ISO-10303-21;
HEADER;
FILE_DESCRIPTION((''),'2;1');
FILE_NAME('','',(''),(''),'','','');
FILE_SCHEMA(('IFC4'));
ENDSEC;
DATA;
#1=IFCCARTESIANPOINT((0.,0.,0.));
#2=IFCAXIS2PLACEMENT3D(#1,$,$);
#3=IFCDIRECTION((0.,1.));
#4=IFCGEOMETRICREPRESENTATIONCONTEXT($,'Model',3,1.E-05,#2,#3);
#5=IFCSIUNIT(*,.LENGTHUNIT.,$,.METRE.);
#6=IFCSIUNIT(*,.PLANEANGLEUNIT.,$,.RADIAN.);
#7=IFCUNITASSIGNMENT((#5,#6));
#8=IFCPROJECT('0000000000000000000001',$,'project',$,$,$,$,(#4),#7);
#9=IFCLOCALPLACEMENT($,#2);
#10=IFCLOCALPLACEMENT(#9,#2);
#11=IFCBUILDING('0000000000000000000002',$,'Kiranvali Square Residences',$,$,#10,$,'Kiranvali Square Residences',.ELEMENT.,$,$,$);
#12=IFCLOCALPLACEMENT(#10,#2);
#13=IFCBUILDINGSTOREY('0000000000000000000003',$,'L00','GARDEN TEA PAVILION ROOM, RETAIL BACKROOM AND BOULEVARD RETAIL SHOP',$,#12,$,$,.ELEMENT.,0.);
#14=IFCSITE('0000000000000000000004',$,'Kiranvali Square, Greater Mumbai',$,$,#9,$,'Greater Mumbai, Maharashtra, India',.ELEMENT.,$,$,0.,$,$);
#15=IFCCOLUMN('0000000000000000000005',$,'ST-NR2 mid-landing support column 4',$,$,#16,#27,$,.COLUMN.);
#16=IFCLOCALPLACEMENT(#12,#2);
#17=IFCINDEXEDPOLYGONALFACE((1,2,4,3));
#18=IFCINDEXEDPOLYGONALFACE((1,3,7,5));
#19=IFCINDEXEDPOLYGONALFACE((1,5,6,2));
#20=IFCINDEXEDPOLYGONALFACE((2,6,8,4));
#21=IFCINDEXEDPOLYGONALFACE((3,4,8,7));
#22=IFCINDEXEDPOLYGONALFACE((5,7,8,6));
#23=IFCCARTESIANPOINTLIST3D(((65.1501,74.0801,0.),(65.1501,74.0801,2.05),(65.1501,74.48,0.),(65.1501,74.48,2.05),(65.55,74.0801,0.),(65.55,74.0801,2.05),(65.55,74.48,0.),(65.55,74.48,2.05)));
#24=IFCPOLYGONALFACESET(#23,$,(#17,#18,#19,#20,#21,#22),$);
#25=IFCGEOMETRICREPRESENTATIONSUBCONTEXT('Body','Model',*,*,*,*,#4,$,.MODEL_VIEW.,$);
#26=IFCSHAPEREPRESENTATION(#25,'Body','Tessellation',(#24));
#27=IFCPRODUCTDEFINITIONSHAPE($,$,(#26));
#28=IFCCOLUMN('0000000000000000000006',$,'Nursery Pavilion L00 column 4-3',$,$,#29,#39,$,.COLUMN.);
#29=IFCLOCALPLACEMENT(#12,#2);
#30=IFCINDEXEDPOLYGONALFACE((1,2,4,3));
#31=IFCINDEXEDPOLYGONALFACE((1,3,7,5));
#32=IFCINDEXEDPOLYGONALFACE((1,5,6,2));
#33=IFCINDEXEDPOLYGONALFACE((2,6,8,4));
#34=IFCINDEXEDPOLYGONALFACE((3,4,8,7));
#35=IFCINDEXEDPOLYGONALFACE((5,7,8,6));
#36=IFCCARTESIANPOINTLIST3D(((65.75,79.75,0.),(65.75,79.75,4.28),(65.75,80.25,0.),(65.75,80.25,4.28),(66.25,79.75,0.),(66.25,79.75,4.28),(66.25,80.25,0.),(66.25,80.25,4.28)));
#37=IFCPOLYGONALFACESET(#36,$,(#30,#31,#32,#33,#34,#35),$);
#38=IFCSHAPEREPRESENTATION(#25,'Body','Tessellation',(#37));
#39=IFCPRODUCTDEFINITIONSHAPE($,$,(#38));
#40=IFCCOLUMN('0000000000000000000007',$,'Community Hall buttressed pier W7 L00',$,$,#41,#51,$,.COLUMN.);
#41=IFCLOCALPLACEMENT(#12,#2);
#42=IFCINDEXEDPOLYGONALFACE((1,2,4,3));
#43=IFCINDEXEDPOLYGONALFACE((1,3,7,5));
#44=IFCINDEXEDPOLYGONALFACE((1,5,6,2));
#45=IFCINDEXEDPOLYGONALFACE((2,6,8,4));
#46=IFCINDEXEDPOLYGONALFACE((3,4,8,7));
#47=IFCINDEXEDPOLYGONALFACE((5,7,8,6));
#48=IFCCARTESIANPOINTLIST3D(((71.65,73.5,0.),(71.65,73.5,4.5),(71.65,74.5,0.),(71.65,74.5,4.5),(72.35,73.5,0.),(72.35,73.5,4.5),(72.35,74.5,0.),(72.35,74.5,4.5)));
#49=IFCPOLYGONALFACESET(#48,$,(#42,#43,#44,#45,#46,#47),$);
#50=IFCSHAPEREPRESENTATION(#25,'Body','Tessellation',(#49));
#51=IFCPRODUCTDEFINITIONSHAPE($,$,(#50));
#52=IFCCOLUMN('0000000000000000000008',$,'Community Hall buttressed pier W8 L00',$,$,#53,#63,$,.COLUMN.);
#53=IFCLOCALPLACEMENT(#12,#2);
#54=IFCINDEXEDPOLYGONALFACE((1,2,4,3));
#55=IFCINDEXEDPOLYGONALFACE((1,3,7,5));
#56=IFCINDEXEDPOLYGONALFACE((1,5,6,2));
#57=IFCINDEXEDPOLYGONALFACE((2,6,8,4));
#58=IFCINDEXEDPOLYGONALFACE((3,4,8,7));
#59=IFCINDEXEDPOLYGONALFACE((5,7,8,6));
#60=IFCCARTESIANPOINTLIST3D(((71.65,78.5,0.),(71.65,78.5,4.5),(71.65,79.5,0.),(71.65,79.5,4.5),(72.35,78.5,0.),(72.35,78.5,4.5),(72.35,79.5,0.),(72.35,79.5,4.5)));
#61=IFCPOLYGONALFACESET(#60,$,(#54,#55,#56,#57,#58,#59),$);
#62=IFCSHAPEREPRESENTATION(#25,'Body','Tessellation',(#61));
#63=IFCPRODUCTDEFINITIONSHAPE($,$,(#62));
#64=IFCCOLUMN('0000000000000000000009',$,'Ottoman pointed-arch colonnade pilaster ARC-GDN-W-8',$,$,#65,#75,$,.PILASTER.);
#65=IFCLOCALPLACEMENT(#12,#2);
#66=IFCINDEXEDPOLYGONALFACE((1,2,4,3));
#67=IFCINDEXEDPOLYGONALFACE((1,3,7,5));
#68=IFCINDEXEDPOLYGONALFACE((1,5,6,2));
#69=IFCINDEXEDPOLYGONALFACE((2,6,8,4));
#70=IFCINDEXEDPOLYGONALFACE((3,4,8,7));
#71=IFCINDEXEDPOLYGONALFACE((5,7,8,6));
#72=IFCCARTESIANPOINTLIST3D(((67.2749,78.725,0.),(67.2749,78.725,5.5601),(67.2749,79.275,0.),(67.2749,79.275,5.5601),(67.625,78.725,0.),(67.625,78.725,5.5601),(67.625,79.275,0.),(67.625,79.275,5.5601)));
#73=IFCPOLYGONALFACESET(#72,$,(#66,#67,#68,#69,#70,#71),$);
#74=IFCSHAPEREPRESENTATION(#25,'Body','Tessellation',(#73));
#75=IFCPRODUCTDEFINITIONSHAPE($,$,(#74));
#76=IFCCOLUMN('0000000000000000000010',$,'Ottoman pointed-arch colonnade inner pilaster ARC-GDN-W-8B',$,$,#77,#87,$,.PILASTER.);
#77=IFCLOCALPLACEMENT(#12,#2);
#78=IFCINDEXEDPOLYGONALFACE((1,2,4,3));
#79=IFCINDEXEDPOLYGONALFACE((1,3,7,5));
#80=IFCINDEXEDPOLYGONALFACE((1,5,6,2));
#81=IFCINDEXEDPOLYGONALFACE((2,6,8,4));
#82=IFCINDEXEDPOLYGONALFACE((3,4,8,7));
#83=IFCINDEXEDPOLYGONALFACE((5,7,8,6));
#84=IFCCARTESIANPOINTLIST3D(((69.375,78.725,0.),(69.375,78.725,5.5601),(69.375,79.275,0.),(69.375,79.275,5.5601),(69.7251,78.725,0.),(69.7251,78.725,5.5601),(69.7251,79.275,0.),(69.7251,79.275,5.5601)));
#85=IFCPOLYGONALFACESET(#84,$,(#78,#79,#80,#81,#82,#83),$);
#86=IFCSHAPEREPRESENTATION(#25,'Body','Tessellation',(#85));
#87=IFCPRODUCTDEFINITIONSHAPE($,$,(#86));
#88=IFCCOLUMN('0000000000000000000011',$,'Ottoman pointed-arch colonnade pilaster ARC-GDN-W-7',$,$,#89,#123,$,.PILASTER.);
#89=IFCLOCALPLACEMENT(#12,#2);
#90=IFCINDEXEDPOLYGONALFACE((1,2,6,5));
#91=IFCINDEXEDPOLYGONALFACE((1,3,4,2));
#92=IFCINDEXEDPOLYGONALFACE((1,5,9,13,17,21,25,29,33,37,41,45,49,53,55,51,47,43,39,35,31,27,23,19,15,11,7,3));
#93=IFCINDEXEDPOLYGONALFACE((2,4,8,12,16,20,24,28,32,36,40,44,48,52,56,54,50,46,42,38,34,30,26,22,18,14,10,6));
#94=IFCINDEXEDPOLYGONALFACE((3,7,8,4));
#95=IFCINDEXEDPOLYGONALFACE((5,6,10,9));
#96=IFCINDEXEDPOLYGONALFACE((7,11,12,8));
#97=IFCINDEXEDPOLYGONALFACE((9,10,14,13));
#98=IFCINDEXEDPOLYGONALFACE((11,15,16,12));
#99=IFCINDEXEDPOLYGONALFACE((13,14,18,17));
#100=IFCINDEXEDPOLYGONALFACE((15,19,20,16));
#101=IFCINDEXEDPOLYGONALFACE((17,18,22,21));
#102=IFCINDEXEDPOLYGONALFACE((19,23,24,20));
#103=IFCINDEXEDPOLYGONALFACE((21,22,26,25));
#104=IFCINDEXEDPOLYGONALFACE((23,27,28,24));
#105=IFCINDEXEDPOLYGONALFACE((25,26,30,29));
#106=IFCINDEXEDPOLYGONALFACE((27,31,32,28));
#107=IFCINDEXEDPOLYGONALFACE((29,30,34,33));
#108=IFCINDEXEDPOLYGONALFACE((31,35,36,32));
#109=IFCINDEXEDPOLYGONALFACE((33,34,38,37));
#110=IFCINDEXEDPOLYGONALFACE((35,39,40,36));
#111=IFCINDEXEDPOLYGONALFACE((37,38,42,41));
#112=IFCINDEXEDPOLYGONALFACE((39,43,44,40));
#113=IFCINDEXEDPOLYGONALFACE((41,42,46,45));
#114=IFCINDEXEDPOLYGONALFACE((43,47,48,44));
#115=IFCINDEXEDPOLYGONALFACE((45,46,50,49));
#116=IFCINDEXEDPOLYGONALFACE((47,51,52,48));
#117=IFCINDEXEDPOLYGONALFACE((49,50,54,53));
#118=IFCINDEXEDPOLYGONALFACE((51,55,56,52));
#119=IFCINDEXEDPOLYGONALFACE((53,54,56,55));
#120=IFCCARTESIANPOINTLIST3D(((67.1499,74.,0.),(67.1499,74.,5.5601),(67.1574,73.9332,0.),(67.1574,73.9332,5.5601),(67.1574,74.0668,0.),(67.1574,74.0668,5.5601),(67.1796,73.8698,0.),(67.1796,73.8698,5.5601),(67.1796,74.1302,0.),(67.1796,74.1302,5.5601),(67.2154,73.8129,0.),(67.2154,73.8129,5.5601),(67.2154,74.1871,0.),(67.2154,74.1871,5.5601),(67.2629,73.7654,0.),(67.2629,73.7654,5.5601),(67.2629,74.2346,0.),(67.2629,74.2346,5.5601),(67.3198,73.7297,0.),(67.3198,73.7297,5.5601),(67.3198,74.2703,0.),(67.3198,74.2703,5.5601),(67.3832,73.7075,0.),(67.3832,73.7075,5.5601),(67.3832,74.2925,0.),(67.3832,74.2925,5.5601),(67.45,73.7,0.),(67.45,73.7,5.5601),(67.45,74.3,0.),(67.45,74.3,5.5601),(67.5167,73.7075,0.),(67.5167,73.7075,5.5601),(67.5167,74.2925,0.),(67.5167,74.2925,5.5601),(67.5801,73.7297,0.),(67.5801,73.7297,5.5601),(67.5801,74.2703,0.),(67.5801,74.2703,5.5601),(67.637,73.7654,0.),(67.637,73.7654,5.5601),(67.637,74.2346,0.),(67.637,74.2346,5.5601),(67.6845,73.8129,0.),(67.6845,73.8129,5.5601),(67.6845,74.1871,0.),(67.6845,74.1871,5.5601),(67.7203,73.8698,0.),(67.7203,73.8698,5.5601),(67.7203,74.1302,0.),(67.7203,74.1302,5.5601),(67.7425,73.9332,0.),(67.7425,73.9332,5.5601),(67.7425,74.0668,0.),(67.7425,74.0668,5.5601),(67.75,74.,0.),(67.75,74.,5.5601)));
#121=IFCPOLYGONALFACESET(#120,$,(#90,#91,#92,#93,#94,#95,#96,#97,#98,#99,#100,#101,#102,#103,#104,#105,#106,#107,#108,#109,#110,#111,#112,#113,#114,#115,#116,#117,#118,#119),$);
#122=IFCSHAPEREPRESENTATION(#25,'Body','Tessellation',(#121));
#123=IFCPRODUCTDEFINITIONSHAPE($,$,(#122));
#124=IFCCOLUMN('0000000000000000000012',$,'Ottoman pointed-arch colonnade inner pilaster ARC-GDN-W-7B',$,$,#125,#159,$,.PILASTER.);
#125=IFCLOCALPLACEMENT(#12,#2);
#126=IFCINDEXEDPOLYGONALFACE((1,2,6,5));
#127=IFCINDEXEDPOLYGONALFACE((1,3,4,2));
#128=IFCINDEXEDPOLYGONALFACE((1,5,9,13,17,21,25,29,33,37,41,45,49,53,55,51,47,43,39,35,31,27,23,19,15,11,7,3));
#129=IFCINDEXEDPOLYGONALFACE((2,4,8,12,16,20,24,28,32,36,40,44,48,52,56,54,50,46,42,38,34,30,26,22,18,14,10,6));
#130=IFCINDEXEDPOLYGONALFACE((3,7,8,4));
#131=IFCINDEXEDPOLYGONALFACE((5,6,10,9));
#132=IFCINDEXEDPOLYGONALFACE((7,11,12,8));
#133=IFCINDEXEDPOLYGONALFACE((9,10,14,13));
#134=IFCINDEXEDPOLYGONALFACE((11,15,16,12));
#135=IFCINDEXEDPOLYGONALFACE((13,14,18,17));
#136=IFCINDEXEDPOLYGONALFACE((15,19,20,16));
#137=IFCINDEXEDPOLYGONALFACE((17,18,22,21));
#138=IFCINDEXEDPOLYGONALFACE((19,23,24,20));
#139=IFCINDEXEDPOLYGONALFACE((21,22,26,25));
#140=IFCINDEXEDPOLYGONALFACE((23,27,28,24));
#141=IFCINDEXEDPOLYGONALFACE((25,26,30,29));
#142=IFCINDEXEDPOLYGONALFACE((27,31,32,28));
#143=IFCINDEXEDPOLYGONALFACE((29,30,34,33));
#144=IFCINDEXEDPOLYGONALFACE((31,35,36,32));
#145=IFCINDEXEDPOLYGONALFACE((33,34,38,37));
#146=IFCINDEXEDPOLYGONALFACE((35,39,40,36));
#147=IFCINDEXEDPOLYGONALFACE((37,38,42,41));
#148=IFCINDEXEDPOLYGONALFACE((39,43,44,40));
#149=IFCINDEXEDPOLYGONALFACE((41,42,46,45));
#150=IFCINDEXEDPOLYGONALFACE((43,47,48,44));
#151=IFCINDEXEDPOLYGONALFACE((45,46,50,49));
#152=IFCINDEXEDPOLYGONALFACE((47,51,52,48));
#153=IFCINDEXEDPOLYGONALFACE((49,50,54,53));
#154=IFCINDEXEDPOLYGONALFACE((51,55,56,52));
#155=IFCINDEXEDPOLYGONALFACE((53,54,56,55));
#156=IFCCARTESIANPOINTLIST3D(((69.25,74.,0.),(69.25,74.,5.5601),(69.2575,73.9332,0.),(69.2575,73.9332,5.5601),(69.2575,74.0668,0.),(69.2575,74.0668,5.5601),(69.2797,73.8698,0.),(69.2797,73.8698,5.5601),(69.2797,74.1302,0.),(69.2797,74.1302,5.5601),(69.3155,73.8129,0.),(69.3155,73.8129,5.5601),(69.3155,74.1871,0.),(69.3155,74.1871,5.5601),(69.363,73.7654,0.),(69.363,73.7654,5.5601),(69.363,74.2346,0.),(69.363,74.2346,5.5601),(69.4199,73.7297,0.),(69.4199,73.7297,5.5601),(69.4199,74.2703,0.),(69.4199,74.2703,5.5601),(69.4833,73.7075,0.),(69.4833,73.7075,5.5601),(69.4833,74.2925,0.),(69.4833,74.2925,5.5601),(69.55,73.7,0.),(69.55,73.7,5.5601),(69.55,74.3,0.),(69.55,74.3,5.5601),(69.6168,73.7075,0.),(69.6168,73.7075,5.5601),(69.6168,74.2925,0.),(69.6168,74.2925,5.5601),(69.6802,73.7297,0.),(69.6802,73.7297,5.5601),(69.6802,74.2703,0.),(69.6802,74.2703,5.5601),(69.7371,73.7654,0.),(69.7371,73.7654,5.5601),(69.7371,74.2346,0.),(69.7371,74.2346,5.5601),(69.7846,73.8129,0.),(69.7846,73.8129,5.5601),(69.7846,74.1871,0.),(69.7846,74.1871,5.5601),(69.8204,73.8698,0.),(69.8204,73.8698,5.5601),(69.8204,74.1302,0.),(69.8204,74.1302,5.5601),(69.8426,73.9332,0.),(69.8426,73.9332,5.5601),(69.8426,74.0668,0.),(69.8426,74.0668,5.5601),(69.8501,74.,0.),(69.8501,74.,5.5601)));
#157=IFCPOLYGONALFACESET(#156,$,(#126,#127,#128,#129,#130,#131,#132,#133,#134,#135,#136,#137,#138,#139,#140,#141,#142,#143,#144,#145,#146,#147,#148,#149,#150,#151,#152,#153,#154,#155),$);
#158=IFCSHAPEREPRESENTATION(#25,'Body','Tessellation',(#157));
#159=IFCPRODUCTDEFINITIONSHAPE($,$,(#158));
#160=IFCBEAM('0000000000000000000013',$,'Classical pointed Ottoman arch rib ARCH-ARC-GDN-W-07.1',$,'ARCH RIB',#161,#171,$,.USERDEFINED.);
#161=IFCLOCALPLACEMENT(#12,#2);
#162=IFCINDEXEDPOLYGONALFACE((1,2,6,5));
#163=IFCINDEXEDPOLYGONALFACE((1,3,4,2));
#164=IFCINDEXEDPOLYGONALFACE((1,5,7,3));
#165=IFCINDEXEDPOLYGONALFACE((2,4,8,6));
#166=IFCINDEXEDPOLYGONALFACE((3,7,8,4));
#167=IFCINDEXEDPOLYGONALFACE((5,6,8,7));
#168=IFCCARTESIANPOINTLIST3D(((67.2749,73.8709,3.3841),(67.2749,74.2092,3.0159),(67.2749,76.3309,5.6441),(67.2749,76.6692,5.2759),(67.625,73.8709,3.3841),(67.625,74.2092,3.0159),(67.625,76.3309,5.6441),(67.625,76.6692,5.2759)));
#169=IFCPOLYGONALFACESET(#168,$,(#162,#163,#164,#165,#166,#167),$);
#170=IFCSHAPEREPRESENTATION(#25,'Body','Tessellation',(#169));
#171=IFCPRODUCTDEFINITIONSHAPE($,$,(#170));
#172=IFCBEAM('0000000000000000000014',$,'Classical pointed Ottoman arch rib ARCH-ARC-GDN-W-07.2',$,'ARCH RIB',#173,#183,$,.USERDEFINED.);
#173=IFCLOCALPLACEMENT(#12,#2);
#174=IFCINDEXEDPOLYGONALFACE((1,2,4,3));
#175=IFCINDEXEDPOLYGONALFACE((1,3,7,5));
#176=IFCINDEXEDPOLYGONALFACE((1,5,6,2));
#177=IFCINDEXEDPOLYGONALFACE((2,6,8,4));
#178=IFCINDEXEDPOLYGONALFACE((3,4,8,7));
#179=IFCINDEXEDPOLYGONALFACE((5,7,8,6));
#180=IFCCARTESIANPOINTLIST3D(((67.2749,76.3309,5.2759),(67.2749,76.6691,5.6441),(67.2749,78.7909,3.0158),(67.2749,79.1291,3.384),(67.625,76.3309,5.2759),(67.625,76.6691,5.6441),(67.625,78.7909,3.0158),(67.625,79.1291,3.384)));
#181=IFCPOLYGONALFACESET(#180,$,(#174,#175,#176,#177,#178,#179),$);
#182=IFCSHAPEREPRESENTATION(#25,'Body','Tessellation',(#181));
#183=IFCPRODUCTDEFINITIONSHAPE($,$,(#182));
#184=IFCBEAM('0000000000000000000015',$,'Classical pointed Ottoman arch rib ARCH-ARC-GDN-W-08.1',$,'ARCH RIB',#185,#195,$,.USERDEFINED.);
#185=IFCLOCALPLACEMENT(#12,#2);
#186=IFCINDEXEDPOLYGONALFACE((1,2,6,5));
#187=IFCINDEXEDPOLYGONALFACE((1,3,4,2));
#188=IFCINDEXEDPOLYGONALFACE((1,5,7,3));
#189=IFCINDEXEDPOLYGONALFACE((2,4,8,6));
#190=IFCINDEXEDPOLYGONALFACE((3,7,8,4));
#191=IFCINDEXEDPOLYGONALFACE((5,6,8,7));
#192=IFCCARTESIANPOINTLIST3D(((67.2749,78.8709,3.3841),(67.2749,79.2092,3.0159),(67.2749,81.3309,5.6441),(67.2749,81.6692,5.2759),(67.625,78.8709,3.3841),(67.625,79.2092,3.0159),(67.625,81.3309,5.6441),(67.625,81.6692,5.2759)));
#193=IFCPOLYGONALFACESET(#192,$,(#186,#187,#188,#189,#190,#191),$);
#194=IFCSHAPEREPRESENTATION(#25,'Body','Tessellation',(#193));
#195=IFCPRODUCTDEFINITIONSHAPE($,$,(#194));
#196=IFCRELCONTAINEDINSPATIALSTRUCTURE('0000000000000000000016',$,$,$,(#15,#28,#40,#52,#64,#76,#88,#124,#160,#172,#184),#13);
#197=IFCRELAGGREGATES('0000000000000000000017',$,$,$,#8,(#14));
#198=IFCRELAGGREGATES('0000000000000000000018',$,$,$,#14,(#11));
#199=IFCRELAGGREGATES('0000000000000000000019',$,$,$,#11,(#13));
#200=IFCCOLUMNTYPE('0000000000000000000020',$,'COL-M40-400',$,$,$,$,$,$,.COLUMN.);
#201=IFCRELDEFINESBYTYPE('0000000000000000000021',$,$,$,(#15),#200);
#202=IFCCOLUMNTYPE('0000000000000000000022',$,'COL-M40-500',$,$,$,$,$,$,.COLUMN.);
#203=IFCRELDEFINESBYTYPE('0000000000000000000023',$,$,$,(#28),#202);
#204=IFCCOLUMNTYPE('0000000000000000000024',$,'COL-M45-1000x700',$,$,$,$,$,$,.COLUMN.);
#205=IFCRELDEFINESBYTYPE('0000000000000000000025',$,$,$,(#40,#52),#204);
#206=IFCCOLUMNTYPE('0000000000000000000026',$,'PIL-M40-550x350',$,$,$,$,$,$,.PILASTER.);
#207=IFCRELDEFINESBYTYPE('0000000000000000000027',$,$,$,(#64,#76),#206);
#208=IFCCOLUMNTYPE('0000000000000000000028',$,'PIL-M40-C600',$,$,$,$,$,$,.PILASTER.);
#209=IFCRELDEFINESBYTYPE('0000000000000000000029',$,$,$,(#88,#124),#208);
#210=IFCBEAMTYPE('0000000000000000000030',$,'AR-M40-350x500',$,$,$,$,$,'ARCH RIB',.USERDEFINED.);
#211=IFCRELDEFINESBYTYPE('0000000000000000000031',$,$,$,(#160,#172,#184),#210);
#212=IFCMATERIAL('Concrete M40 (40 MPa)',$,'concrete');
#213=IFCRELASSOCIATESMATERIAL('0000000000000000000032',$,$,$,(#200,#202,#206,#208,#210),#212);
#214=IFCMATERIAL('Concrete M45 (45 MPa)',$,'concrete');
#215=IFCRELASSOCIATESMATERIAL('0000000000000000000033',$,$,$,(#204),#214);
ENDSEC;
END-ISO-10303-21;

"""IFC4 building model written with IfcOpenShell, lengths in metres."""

from ifc_helpers import new_model, si_unit, direction, frame, origin, origin_2d, place, context, subcontext, project, spatial, rectangle, circle, extrude, material, material_profile, profile_set, type_object, element, save


model = new_model("IFC4")

# Units and contexts
model_context = context("Model", 3, precision=1e-05, world=origin(), true_north=direction((0.0, 1.0)))
body_context = subcontext(model_context, "Body", "Model", "MODEL_VIEW")
ifc_project = project(units=[si_unit("LENGTHUNIT", "METRE"), si_unit("PLANEANGLEUNIT", "RADIAN")], contexts=[model_context])

# Site, building, storey
site_placement = place(None, origin())
site = spatial("IfcSite", under=ifc_project, at=site_placement, Name="Kiranvali Square, Greater Mumbai", LongName="Greater Mumbai, Maharashtra, India", CompositionType="ELEMENT", RefElevation=0.0)
building_placement = place(site_placement, origin())
building = spatial("IfcBuilding", under=site, at=building_placement, Name="Kiranvali Square Residences", LongName="Kiranvali Square Residences", CompositionType="ELEMENT")
storey_placement = place(building_placement, origin())
storey = spatial("IfcBuildingStorey", under=building, at=storey_placement, Name="L00", Description="GARDEN TEA PAVILION ROOM, RETAIL BACKROOM AND BOULEVARD RETAIL SHOP", CompositionType="ELEMENT", Elevation=0.0)

# Columns
ifc_material_1 = material(Name="Concrete M40 (40 MPa)", Category="concrete")
ifc_material_profile_1 = material_profile(ifc_material_1, rectangle(XDim=0.3999, YDim=0.3999, at=origin_2d()), Name="RC 400x400")
ifc_profile_set_1 = profile_set([ifc_material_profile_1], Name="Concrete M40 (40 MPa)")
column_type_1 = type_object("IfcColumnType", Name="COL-M40-400", PredefinedType="COLUMN", material=ifc_profile_set_1)
column_1_placement = place(storey_placement, frame((65.3501, 74.28, 0.0), z_axis=(0.0, 0.0, 1.0), x_axis=(1.0, 0.0, 0.0)))
element("IfcColumn", 1, at=column_1_placement, inside=storey, type_object=column_type_1, Name="ST-NR2 mid-landing support column 4", PredefinedType="COLUMN", context=body_context, shape_type="SweptSolid", body=[
    extrude(rectangle(XDim=0.3999, YDim=0.3999, at=origin_2d()), origin(), (0.0, 0.0, 1.0), 2.05),
])
ifc_material_profile_2 = material_profile(ifc_material_1, rectangle(XDim=0.5, YDim=0.5, at=origin_2d()), Name="RC 500x500")
ifc_profile_set_2 = profile_set([ifc_material_profile_2], Name="Concrete M40 (40 MPa)")
column_type_2 = type_object("IfcColumnType", Name="COL-M40-500", PredefinedType="COLUMN", material=ifc_profile_set_2)
column_2_placement = place(storey_placement, frame((66.0, 80.0, 0.0), z_axis=(0.0, 0.0, 1.0), x_axis=(1.0, 0.0, 0.0)))
element("IfcColumn", 2, at=column_2_placement, inside=storey, type_object=column_type_2, Name="Nursery Pavilion L00 column 4-3", PredefinedType="COLUMN", context=body_context, shape_type="SweptSolid", body=[
    extrude(rectangle(XDim=0.5, YDim=0.5, at=origin_2d()), origin(), (0.0, 0.0, 1.0), 4.28),
])
ifc_material_2 = material(Name="Concrete M45 (45 MPa)", Category="concrete")
ifc_material_profile_3 = material_profile(ifc_material_2, rectangle(XDim=0.7, YDim=1.0, at=origin_2d()), Name="RC 1000x700")
ifc_profile_set_3 = profile_set([ifc_material_profile_3], Name="Concrete M45 (45 MPa)")
column_type_3 = type_object("IfcColumnType", Name="COL-M45-1000x700", PredefinedType="COLUMN", material=ifc_profile_set_3)
for number, where, z_axis, x_axis, name in (
    (3, (72.0, 74.0, 0.0), (0.0, 0.0, 1.0), (1.0, 0.0, 0.0), "Community Hall buttressed pier W7 L00"),
    (4, (72.0, 79.0, 0.0), (0.0, 0.0, 1.0), (1.0, 0.0, 0.0), "Community Hall buttressed pier W8 L00"),
):
    element("IfcColumn", number, at=place(storey_placement, frame(where, z_axis=z_axis, x_axis=x_axis)), inside=storey, type_object=column_type_3, Name=name, PredefinedType="COLUMN", context=body_context, shape_type="SweptSolid", body=[
        extrude(rectangle(XDim=0.7, YDim=1.0, at=origin_2d()), origin(), (0.0, 0.0, 1.0), 4.5),
    ])
ifc_material_profile_4 = material_profile(ifc_material_1, rectangle(XDim=0.3501, YDim=0.55, at=origin_2d()), Name="RC 550x350")
ifc_profile_set_4 = profile_set([ifc_material_profile_4], Name="Concrete M40 (40 MPa)")
column_type_4 = type_object("IfcColumnType", Name="PIL-M40-550x350", PredefinedType="PILASTER", material=ifc_profile_set_4)
for number, where, z_axis, x_axis, name in (
    (5, (67.45, 79.0, 0.0), (0.0, 0.0, 1.0), (1.0, 0.0, 0.0), "Ottoman pointed-arch colonnade pilaster ARC-GDN-W-8"),
    (6, (69.55, 79.0, 0.0), (0.0, 0.0, 1.0), (1.0, 0.0, 0.0), "Ottoman pointed-arch colonnade inner pilaster ARC-GDN-W-8B"),
):
    element("IfcColumn", number, at=place(storey_placement, frame(where, z_axis=z_axis, x_axis=x_axis)), inside=storey, type_object=column_type_4, Name=name, PredefinedType="PILASTER", context=body_context, shape_type="SweptSolid", body=[
        extrude(rectangle(XDim=0.3501, YDim=0.55, at=origin_2d()), origin(), (0.0, 0.0, 1.0), 5.5601),
    ])
ifc_material_profile_5 = material_profile(ifc_material_1, circle(Radius=0.3, at=origin_2d()), Name="RC-CIRC 600")
ifc_profile_set_5 = profile_set([ifc_material_profile_5], Name="Concrete M40 (40 MPa)")
column_type_5 = type_object("IfcColumnType", Name="PIL-M40-C600", PredefinedType="PILASTER", material=ifc_profile_set_5)
for number, where, z_axis, x_axis, name in (
    (7, (67.45, 74.0, 0.0), (0.0, 0.0, 1.0), (1.0, 0.0, 0.0), "Ottoman pointed-arch colonnade pilaster ARC-GDN-W-7"),
    (8, (69.55, 74.0, 0.0), (0.0, 0.0, 1.0), (1.0, 0.0, 0.0), "Ottoman pointed-arch colonnade inner pilaster ARC-GDN-W-7B"),
):
    element("IfcColumn", number, at=place(storey_placement, frame(where, z_axis=z_axis, x_axis=x_axis)), inside=storey, type_object=column_type_5, Name=name, PredefinedType="PILASTER", context=body_context, shape_type="SweptSolid", body=[
        extrude(circle(Radius=0.3, at=origin_2d()), origin(), (0.0, 0.0, 1.0), 5.5601),
    ])

# Beams
ifc_material_profile_6 = material_profile(ifc_material_1, rectangle(XDim=0.3501, YDim=0.5, at=origin_2d()), Name="RC 350x500")
ifc_profile_set_6 = profile_set([ifc_material_profile_6], Name="Concrete M40 (40 MPa)")
beam_type_1 = type_object("IfcBeamType", Name="AR-M40-350x500", ElementType="ARCH RIB", PredefinedType="USERDEFINED", material=ifc_profile_set_6)
for number, where, z_axis, x_axis, name in (
    (9, (67.45, 74.04, 3.2), (0.0, 0.736401, 0.676545), (-1.0, 0.0, 0.0), "Classical pointed Ottoman arch rib ARCH-ARC-GDN-W-07.1"),
    (10, (67.45, 76.5, 5.46), (0.0, 0.736401, -0.676545), (-1.0, 0.0, 0.0), "Classical pointed Ottoman arch rib ARCH-ARC-GDN-W-07.2"),
    (11, (67.45, 79.04, 3.2), (0.0, 0.736401, 0.676545), (-1.0, 0.0, 0.0), "Classical pointed Ottoman arch rib ARCH-ARC-GDN-W-08.1"),
):
    element("IfcBeam", number, at=place(storey_placement, frame(where, z_axis=z_axis, x_axis=x_axis)), inside=storey, type_object=beam_type_1, Name=name, ObjectType="ARCH RIB", PredefinedType="USERDEFINED", context=body_context, shape_type="SweptSolid", body=[
        extrude(rectangle(XDim=0.3501, YDim=0.5, at=origin_2d()), origin(), (0.0, 0.0, 1.0), 3.3406),
    ])

save(model, "model.ifc")
